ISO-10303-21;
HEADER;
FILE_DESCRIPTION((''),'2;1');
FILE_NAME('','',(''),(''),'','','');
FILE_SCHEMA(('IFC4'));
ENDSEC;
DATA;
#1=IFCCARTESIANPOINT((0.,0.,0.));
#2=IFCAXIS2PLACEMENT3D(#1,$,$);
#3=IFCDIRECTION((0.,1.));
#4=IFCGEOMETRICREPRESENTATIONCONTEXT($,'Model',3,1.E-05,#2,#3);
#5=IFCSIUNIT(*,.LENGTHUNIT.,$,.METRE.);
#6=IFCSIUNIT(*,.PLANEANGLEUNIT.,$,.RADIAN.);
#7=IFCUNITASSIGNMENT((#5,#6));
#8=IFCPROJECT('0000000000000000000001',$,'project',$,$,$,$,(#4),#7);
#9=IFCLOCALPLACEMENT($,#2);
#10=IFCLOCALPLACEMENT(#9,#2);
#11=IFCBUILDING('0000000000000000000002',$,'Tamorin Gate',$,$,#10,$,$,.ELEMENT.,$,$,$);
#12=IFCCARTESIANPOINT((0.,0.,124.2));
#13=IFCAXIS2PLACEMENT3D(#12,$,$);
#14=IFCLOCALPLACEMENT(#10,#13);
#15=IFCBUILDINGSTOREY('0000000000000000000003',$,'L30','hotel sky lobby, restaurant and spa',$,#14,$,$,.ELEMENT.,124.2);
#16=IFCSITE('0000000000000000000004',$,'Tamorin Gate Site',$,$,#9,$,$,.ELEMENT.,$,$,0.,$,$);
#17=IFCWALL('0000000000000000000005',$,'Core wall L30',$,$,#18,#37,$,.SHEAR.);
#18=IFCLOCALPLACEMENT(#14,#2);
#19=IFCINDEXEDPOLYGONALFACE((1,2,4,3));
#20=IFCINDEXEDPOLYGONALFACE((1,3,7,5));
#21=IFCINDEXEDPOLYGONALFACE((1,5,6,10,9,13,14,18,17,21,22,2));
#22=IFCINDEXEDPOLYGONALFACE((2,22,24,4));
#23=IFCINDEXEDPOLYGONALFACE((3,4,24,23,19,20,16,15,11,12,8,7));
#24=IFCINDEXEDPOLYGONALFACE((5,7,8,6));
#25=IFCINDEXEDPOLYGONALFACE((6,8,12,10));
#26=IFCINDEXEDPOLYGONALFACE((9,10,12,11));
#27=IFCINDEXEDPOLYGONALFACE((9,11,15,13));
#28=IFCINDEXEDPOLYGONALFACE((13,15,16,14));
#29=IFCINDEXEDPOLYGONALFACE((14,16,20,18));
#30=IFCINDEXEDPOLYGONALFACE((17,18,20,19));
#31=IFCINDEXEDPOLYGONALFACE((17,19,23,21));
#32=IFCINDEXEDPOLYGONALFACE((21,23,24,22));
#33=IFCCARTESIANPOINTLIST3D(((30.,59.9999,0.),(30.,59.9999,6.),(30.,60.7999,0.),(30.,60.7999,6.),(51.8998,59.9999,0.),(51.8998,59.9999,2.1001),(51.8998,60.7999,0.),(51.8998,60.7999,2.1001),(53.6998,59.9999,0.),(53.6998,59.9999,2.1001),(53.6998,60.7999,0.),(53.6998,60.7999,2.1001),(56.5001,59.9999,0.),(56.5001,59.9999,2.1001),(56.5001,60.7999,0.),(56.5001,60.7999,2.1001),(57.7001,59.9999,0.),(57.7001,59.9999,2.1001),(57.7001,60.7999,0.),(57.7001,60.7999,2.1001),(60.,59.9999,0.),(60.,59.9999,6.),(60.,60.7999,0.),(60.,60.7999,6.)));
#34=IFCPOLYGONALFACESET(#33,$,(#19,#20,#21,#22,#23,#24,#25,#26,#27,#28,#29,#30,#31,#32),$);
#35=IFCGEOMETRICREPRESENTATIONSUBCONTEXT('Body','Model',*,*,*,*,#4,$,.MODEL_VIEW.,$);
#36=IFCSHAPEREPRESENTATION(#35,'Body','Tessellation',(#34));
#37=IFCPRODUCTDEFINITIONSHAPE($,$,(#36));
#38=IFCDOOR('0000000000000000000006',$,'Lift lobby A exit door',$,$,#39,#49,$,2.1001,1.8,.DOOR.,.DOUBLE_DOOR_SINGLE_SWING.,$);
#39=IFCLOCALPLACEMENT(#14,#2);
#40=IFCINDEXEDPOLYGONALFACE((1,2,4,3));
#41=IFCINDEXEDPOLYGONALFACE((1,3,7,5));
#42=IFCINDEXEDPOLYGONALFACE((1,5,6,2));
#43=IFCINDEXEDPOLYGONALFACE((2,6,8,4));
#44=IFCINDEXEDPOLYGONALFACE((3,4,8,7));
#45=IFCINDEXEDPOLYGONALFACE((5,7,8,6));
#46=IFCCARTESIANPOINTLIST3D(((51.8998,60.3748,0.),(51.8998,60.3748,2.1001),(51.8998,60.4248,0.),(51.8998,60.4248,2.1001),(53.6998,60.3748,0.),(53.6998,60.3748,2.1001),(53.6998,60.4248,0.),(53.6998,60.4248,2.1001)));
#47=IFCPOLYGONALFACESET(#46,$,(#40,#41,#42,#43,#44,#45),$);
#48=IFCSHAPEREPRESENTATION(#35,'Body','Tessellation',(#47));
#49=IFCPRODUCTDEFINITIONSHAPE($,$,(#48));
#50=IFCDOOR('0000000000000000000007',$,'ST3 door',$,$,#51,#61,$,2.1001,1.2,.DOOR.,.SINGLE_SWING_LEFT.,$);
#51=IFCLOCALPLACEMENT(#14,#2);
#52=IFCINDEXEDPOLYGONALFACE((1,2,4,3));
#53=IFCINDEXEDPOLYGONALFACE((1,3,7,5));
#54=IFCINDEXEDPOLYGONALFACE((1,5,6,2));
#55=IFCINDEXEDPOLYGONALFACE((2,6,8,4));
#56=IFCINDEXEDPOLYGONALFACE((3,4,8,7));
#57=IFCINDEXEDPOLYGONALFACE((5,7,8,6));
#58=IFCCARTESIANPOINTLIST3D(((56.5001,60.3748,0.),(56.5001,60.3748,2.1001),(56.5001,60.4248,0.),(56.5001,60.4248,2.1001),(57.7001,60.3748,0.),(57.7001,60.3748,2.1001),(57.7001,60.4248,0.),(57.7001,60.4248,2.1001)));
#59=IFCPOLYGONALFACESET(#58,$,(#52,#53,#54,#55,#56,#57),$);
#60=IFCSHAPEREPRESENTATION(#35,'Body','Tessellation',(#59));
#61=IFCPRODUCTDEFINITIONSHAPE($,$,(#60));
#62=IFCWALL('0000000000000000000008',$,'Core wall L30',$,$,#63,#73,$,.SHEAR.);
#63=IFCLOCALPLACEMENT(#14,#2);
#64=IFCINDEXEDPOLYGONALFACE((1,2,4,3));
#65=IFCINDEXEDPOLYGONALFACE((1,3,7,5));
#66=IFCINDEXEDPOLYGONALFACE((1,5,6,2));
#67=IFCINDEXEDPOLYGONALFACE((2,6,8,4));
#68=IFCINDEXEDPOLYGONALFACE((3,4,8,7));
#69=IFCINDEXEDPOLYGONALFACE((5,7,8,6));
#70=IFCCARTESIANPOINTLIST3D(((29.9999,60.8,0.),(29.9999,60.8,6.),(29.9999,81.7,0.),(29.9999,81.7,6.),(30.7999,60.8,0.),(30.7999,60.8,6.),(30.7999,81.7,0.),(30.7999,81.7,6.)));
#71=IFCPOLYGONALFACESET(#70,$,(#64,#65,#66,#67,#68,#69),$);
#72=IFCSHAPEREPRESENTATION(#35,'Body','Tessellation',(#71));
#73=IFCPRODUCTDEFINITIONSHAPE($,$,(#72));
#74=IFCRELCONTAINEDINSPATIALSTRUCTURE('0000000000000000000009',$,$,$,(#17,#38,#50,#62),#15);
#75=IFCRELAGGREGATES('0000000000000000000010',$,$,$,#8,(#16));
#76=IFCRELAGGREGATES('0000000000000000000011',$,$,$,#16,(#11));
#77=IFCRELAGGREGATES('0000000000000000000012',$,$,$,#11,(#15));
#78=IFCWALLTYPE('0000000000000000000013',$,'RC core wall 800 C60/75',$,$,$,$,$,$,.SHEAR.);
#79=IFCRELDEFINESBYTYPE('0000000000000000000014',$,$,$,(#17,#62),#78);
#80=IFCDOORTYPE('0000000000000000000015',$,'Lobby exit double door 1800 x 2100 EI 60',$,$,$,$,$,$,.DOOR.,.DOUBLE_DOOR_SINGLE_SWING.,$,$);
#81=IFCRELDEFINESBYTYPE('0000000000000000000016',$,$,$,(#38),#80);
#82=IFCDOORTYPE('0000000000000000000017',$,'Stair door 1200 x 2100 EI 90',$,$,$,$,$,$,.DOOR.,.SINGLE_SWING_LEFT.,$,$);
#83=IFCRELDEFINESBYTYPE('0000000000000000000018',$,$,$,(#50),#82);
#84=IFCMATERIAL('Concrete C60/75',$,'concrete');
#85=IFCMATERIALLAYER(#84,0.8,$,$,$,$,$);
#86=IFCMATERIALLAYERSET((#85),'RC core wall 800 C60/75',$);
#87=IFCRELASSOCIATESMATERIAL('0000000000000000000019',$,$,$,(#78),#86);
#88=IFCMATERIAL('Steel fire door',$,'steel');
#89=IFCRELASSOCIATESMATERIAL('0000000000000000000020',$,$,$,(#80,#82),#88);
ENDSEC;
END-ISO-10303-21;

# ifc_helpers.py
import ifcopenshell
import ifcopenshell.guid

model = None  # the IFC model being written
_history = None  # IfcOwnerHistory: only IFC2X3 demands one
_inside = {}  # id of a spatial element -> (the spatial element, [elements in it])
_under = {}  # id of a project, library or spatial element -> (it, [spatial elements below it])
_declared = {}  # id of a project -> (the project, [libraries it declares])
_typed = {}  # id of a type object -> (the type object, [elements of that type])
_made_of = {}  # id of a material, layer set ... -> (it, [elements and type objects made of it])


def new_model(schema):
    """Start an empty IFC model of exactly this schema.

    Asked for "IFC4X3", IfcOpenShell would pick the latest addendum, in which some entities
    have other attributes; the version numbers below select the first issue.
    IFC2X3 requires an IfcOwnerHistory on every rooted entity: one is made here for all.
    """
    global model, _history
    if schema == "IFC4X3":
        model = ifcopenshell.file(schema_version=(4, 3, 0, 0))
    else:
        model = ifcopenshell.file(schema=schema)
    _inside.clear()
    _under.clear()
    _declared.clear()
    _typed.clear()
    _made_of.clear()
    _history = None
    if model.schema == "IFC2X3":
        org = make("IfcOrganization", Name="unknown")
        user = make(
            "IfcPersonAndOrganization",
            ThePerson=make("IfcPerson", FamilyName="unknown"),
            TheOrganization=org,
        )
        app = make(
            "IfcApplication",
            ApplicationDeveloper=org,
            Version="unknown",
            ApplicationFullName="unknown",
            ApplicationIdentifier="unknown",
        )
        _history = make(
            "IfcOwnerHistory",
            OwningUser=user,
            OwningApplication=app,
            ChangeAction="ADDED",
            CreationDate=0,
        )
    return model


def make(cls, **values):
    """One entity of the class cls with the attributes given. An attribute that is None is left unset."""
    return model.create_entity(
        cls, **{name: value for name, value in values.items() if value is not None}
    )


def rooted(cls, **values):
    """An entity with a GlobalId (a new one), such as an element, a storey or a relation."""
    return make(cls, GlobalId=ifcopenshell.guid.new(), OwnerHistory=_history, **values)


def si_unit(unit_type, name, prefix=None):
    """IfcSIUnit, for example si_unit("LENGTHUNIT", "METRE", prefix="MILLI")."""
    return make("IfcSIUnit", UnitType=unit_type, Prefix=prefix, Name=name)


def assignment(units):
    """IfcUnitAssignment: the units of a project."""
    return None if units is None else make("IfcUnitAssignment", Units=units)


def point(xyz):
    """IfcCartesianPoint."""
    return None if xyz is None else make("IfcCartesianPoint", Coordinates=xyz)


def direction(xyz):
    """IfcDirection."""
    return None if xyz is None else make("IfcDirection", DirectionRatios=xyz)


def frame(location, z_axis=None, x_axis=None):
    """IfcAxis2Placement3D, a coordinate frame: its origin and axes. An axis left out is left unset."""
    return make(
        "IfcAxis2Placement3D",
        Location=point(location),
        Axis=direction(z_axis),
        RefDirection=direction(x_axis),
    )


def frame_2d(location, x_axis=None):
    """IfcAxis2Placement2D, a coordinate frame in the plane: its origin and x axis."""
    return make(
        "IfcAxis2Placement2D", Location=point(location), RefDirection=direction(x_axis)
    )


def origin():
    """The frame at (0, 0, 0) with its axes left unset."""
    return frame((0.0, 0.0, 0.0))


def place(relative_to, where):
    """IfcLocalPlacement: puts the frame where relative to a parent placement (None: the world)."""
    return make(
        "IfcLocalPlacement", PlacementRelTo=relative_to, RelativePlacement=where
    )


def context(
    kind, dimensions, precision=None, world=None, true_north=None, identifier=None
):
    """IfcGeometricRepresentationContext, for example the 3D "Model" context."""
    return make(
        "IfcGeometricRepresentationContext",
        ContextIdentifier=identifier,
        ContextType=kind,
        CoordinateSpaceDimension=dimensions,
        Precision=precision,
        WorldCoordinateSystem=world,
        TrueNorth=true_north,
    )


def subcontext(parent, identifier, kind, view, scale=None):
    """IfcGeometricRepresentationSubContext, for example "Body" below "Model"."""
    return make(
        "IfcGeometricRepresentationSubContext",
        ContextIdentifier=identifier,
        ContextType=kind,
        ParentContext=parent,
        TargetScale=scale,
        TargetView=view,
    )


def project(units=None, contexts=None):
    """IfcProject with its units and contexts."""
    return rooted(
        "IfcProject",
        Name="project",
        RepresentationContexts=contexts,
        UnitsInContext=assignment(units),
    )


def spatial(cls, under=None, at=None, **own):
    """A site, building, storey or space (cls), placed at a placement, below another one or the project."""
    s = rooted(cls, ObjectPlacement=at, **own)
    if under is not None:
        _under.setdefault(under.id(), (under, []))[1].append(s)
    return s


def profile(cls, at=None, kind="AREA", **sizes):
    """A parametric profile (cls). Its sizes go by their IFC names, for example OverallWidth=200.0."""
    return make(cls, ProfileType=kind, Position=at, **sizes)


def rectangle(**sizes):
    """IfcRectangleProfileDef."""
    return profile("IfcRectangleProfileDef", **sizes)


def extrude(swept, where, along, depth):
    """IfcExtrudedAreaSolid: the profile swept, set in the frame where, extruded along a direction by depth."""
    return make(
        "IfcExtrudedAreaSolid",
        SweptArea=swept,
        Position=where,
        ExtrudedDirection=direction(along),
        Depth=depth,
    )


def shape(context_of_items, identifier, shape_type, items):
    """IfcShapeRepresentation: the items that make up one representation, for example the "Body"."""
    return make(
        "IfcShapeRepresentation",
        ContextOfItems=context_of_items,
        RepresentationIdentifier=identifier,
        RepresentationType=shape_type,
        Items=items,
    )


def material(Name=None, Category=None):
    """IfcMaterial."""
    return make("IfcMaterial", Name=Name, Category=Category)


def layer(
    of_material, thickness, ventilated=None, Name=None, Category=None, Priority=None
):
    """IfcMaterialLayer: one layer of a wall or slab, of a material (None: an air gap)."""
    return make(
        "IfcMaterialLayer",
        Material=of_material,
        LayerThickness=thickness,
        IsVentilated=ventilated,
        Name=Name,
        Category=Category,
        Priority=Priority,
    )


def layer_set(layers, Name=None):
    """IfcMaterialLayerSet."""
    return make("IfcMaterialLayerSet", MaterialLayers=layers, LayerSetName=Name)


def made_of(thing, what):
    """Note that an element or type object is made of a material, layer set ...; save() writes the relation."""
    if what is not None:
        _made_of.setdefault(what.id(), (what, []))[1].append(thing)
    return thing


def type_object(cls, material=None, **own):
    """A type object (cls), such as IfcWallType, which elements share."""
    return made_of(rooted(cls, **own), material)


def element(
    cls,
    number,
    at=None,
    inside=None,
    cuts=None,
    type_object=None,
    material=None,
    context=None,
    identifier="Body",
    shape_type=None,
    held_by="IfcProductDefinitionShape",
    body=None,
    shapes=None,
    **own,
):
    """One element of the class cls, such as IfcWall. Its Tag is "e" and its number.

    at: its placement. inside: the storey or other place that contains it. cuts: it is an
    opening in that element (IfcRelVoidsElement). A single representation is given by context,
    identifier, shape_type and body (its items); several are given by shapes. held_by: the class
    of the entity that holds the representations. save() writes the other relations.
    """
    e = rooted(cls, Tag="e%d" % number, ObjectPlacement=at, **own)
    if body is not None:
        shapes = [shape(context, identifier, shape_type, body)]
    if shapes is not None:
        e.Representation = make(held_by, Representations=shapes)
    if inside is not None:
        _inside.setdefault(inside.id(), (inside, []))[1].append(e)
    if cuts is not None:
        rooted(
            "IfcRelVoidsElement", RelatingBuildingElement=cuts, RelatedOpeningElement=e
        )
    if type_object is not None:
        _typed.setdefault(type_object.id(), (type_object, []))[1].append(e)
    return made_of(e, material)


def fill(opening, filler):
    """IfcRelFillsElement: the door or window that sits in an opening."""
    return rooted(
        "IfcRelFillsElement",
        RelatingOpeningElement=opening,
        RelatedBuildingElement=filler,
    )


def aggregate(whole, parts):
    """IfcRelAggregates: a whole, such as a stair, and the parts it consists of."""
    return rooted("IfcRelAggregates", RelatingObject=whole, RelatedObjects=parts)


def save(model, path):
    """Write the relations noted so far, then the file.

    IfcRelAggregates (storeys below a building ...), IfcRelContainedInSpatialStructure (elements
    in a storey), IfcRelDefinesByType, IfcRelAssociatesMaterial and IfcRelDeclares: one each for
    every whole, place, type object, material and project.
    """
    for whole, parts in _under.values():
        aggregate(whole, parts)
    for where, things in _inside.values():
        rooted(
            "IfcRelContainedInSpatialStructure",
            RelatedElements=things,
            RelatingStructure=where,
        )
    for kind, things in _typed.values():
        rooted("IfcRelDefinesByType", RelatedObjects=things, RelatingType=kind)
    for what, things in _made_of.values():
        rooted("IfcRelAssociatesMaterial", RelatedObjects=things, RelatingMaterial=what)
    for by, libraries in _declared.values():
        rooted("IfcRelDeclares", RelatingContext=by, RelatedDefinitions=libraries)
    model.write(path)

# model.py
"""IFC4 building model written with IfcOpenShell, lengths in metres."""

from ifc_helpers import new_model, si_unit, direction, frame, frame_2d, origin, place, context, subcontext, project, spatial, rectangle, extrude, material, layer, layer_set, type_object, element, fill, save


model = new_model("IFC4")

# Units and contexts
model_context = context("Model", 3, precision=1e-05, world=origin(), true_north=direction((0.0, 1.0)))
body_context = subcontext(model_context, "Body", "Model", "MODEL_VIEW")
ifc_project = project(units=[si_unit("LENGTHUNIT", "METRE"), si_unit("PLANEANGLEUNIT", "RADIAN")], contexts=[model_context])

# Site, building, storey
site_placement = place(None, origin())
site = spatial("IfcSite", under=ifc_project, at=site_placement, Name="Tamorin Gate Site", CompositionType="ELEMENT", RefElevation=0.0)
building_placement = place(site_placement, origin())
building = spatial("IfcBuilding", under=site, at=building_placement, Name="Tamorin Gate", CompositionType="ELEMENT")
storey_placement = place(building_placement, frame((0.0, 0.0, 124.2)))
storey = spatial("IfcBuildingStorey", under=building, at=storey_placement, Name="L30", Description="hotel sky lobby, restaurant and spa", CompositionType="ELEMENT", Elevation=124.2)

# Wall, openings, doors
ifc_material_1 = material(Name="Concrete C60/75", Category="concrete")
ifc_layer_1 = layer(ifc_material_1, 0.8)
ifc_layer_set_1 = layer_set([ifc_layer_1], Name="RC core wall 800 C60/75")
wall_type_1 = type_object("IfcWallType", Name="RC core wall 800 C60/75", PredefinedType="SHEAR", material=ifc_layer_set_1)
wall_1_placement = place(storey_placement, frame((30.0, 60.3999, 0.0), z_axis=(0.0, 0.0, 1.0), x_axis=(1.0, 0.0, 0.0)))
wall_1 = element("IfcWall", 1, at=wall_1_placement, inside=storey, type_object=wall_type_1, Name="Core wall L30", PredefinedType="SHEAR", context=body_context, shape_type="SweptSolid", body=[
    extrude(rectangle(XDim=30.0, YDim=0.8, at=frame_2d((15.0, 0.0))), origin(), (0.0, 0.0, 1.0), 6.0),
])
opening_1_placement = place(wall_1_placement, frame((21.8999, 0.0, 0.0)))
opening_1 = element("IfcOpeningElement", 2, at=opening_1_placement, cuts=wall_1, PredefinedType="OPENING", context=body_context, shape_type="SweptSolid", body=[
    extrude(rectangle(XDim=1.8, YDim=2.1001, at=frame_2d((0.8999, 1.05))), frame((0.0, 0.4099, 0.0), z_axis=(0.0, -1.0, 0.0), x_axis=(1.0, 0.0, 0.0)), (0.0, 0.0, 1.0), 0.8201),
])
opening_2_placement = place(wall_1_placement, frame((26.5, 0.0, 0.0)))
opening_2 = element("IfcOpeningElement", 3, at=opening_2_placement, cuts=wall_1, PredefinedType="OPENING", context=body_context, shape_type="SweptSolid", body=[
    extrude(rectangle(XDim=1.2, YDim=2.1001, at=frame_2d((0.6001, 1.05))), frame((0.0, 0.4099, 0.0), z_axis=(0.0, -1.0, 0.0), x_axis=(1.0, 0.0, 0.0)), (0.0, 0.0, 1.0), 0.8201),
])
ifc_material_2 = material(Name="Steel fire door", Category="steel")
door_type_1 = type_object("IfcDoorType", Name="Lobby exit double door 1800 x 2100 EI 60", OperationType="DOUBLE_DOOR_SINGLE_SWING", PredefinedType="DOOR", material=ifc_material_2)
door_1_placement = place(opening_1_placement, origin())
door_1 = element("IfcDoor", 4, at=door_1_placement, inside=storey, type_object=door_type_1, Name="Lift lobby A exit door", OperationType="DOUBLE_DOOR_SINGLE_SWING", OverallHeight=2.1001, OverallWidth=1.8, PredefinedType="DOOR", context=body_context, shape_type="SweptSolid", body=[
    extrude(rectangle(XDim=1.8, YDim=2.1001, at=frame_2d((0.8999, 1.05))), frame((0.0, 0.0249, 0.0), z_axis=(0.0, -1.0, 0.0), x_axis=(1.0, 0.0, 0.0)), (0.0, 0.0, 1.0), 0.05),
])
fill(opening_1, door_1)
door_type_2 = type_object("IfcDoorType", Name="Stair door 1200 x 2100 EI 90", OperationType="SINGLE_SWING_LEFT", PredefinedType="DOOR", material=ifc_material_2)
door_2_placement = place(opening_2_placement, origin())
door_2 = element("IfcDoor", 5, at=door_2_placement, inside=storey, type_object=door_type_2, Name="ST3 door", OperationType="SINGLE_SWING_LEFT", OverallHeight=2.1001, OverallWidth=1.2, PredefinedType="DOOR", context=body_context, shape_type="SweptSolid", body=[
    extrude(rectangle(XDim=1.2, YDim=2.1001, at=frame_2d((0.6001, 1.05))), frame((0.0, 0.0249, 0.0), z_axis=(0.0, -1.0, 0.0), x_axis=(1.0, 0.0, 0.0)), (0.0, 0.0, 1.0), 0.05),
])
fill(opening_2, door_2)

# Wall
wall_2_placement = place(storey_placement, frame((30.3999, 60.8, 0.0), z_axis=(0.0, 0.0, 1.0), x_axis=(0.0, 1.0, 0.0)))
element("IfcWall", 6, at=wall_2_placement, inside=storey, type_object=wall_type_1, Name="Core wall L30", PredefinedType="SHEAR", context=body_context, shape_type="SweptSolid", body=[
    extrude(rectangle(XDim=20.8999, YDim=0.8, at=frame_2d((10.45, 0.0))), origin(), (0.0, 0.0, 1.0), 6.0),
])

save(model, "model.ifc")
